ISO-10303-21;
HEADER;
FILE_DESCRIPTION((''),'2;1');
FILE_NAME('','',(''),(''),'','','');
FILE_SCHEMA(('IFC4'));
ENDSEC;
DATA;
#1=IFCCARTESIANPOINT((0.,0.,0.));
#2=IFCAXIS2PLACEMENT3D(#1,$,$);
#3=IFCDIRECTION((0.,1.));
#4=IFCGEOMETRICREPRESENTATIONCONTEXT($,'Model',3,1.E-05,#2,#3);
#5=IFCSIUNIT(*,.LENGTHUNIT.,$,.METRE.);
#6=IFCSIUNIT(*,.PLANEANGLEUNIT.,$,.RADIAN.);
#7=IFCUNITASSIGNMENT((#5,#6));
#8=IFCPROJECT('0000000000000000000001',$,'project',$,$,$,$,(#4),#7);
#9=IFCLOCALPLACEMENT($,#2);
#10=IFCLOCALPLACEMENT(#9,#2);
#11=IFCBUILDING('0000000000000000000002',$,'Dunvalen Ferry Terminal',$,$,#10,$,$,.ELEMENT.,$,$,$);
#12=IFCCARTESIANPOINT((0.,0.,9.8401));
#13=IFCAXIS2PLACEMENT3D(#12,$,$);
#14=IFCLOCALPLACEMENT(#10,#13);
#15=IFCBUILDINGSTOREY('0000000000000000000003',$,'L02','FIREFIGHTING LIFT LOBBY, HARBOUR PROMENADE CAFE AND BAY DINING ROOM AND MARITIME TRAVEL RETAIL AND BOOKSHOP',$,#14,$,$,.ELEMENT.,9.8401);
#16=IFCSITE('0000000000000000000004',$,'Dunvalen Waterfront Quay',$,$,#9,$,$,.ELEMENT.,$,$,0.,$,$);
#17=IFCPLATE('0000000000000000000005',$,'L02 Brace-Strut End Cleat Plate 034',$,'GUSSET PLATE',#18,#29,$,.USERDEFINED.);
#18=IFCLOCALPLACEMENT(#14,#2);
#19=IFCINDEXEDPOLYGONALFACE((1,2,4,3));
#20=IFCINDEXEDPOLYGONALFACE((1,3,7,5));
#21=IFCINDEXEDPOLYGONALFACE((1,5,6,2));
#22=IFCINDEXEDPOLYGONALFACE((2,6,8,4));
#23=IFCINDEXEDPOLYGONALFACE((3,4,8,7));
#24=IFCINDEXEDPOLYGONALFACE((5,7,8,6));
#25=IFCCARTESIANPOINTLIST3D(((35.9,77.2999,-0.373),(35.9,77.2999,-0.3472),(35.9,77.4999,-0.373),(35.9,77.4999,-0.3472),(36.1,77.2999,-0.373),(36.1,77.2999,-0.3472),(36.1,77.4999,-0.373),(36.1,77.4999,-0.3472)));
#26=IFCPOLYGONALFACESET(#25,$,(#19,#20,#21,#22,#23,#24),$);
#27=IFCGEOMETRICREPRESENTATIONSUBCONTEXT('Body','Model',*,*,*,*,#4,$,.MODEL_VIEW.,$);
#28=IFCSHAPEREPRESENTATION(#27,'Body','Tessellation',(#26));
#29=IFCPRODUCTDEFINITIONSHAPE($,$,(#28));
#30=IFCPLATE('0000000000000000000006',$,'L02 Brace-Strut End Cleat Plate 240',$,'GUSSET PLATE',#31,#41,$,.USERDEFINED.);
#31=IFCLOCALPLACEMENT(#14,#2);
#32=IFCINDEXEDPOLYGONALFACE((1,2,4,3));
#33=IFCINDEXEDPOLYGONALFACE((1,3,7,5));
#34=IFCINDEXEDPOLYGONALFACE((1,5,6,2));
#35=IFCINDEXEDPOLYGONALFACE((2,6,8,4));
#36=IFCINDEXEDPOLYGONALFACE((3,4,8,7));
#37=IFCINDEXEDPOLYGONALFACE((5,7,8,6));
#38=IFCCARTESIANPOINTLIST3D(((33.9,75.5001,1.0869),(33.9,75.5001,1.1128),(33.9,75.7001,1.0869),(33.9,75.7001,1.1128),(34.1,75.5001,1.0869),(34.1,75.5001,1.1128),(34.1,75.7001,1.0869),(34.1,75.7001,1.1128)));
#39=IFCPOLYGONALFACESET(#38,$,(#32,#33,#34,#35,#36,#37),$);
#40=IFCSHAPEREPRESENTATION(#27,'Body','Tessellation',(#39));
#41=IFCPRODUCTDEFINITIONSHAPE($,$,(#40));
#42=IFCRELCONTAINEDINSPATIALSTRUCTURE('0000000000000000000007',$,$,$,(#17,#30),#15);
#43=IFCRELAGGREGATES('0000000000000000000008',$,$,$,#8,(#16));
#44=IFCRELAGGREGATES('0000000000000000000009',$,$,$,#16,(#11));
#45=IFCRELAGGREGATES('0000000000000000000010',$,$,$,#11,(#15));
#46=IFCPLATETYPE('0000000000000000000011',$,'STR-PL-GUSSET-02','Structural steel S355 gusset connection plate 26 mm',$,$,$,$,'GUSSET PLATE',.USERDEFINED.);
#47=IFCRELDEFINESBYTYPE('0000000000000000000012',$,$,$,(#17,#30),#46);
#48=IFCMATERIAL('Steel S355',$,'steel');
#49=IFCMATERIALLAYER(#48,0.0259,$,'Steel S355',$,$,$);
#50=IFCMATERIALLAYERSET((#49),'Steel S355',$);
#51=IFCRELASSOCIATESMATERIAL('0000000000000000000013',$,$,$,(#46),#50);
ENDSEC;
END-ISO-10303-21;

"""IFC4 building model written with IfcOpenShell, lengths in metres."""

from ifc_helpers import new_model, si_unit, direction, frame, origin, origin_2d, place, context, subcontext, project, spatial, rectangle, extrude, material, layer, layer_set, type_object, element, save


model = new_model("IFC4")

# Units and contexts
model_context = context("Model", 3, precision=1e-05, world=origin(), true_north=direction((0.0, 1.0)))
body_context = subcontext(model_context, "Body", "Model", "MODEL_VIEW")
ifc_project = project(units=[si_unit("LENGTHUNIT", "METRE"), si_unit("PLANEANGLEUNIT", "RADIAN")], contexts=[model_context])

# Site, building, storey
site_placement = place(None, origin())
site = spatial("IfcSite", under=ifc_project, at=site_placement, Name="Dunvalen Waterfront Quay", CompositionType="ELEMENT", RefElevation=0.0)
building_placement = place(site_placement, origin())
building = spatial("IfcBuilding", under=site, at=building_placement, Name="Dunvalen Ferry Terminal", CompositionType="ELEMENT")
storey_placement = place(building_placement, frame((0.0, 0.0, 9.8401)))
storey = spatial("IfcBuildingStorey", under=building, at=storey_placement, Name="L02", Description="FIREFIGHTING LIFT LOBBY, HARBOUR PROMENADE CAFE AND BAY DINING ROOM AND MARITIME TRAVEL RETAIL AND BOOKSHOP", CompositionType="ELEMENT", Elevation=9.8401)

# Shared definitions
ifc_material_1 = material(Name="Steel S355", Category="steel")

# Plates
ifc_layer_1 = layer(ifc_material_1, 0.0259, Name="Steel S355")
ifc_layer_set_1 = layer_set([ifc_layer_1], Name="Steel S355")
plate_type_1 = type_object("IfcPlateType", Name="STR-PL-GUSSET-02", Description="Structural steel S355 gusset connection plate 26 mm", ElementType="GUSSET PLATE", PredefinedType="USERDEFINED", material=ifc_layer_set_1)
for number, where, z_axis, x_axis, name in (
    (1, (36.0, 77.3999, -0.373), (0.0, 0.0, 1.0), (1.0, 0.0, 0.0), "L02 Brace-Strut End Cleat Plate 034"),
    (2, (34.0, 75.6001, 1.0869), (0.0, 0.0, 1.0), (1.0, 0.0, 0.0), "L02 Brace-Strut End Cleat Plate 240"),
):
    element("IfcPlate", number, at=place(storey_placement, frame(where, z_axis=z_axis, x_axis=x_axis)), inside=storey, type_object=plate_type_1, Name=name, ObjectType="GUSSET PLATE", PredefinedType="USERDEFINED", context=body_context, shape_type="SweptSolid", body=[
        extrude(rectangle(XDim=0.2, YDim=0.2, at=origin_2d()), origin(), (0.0, 0.0, 1.0), 0.0259),
    ])

save(model, "model.ifc")
